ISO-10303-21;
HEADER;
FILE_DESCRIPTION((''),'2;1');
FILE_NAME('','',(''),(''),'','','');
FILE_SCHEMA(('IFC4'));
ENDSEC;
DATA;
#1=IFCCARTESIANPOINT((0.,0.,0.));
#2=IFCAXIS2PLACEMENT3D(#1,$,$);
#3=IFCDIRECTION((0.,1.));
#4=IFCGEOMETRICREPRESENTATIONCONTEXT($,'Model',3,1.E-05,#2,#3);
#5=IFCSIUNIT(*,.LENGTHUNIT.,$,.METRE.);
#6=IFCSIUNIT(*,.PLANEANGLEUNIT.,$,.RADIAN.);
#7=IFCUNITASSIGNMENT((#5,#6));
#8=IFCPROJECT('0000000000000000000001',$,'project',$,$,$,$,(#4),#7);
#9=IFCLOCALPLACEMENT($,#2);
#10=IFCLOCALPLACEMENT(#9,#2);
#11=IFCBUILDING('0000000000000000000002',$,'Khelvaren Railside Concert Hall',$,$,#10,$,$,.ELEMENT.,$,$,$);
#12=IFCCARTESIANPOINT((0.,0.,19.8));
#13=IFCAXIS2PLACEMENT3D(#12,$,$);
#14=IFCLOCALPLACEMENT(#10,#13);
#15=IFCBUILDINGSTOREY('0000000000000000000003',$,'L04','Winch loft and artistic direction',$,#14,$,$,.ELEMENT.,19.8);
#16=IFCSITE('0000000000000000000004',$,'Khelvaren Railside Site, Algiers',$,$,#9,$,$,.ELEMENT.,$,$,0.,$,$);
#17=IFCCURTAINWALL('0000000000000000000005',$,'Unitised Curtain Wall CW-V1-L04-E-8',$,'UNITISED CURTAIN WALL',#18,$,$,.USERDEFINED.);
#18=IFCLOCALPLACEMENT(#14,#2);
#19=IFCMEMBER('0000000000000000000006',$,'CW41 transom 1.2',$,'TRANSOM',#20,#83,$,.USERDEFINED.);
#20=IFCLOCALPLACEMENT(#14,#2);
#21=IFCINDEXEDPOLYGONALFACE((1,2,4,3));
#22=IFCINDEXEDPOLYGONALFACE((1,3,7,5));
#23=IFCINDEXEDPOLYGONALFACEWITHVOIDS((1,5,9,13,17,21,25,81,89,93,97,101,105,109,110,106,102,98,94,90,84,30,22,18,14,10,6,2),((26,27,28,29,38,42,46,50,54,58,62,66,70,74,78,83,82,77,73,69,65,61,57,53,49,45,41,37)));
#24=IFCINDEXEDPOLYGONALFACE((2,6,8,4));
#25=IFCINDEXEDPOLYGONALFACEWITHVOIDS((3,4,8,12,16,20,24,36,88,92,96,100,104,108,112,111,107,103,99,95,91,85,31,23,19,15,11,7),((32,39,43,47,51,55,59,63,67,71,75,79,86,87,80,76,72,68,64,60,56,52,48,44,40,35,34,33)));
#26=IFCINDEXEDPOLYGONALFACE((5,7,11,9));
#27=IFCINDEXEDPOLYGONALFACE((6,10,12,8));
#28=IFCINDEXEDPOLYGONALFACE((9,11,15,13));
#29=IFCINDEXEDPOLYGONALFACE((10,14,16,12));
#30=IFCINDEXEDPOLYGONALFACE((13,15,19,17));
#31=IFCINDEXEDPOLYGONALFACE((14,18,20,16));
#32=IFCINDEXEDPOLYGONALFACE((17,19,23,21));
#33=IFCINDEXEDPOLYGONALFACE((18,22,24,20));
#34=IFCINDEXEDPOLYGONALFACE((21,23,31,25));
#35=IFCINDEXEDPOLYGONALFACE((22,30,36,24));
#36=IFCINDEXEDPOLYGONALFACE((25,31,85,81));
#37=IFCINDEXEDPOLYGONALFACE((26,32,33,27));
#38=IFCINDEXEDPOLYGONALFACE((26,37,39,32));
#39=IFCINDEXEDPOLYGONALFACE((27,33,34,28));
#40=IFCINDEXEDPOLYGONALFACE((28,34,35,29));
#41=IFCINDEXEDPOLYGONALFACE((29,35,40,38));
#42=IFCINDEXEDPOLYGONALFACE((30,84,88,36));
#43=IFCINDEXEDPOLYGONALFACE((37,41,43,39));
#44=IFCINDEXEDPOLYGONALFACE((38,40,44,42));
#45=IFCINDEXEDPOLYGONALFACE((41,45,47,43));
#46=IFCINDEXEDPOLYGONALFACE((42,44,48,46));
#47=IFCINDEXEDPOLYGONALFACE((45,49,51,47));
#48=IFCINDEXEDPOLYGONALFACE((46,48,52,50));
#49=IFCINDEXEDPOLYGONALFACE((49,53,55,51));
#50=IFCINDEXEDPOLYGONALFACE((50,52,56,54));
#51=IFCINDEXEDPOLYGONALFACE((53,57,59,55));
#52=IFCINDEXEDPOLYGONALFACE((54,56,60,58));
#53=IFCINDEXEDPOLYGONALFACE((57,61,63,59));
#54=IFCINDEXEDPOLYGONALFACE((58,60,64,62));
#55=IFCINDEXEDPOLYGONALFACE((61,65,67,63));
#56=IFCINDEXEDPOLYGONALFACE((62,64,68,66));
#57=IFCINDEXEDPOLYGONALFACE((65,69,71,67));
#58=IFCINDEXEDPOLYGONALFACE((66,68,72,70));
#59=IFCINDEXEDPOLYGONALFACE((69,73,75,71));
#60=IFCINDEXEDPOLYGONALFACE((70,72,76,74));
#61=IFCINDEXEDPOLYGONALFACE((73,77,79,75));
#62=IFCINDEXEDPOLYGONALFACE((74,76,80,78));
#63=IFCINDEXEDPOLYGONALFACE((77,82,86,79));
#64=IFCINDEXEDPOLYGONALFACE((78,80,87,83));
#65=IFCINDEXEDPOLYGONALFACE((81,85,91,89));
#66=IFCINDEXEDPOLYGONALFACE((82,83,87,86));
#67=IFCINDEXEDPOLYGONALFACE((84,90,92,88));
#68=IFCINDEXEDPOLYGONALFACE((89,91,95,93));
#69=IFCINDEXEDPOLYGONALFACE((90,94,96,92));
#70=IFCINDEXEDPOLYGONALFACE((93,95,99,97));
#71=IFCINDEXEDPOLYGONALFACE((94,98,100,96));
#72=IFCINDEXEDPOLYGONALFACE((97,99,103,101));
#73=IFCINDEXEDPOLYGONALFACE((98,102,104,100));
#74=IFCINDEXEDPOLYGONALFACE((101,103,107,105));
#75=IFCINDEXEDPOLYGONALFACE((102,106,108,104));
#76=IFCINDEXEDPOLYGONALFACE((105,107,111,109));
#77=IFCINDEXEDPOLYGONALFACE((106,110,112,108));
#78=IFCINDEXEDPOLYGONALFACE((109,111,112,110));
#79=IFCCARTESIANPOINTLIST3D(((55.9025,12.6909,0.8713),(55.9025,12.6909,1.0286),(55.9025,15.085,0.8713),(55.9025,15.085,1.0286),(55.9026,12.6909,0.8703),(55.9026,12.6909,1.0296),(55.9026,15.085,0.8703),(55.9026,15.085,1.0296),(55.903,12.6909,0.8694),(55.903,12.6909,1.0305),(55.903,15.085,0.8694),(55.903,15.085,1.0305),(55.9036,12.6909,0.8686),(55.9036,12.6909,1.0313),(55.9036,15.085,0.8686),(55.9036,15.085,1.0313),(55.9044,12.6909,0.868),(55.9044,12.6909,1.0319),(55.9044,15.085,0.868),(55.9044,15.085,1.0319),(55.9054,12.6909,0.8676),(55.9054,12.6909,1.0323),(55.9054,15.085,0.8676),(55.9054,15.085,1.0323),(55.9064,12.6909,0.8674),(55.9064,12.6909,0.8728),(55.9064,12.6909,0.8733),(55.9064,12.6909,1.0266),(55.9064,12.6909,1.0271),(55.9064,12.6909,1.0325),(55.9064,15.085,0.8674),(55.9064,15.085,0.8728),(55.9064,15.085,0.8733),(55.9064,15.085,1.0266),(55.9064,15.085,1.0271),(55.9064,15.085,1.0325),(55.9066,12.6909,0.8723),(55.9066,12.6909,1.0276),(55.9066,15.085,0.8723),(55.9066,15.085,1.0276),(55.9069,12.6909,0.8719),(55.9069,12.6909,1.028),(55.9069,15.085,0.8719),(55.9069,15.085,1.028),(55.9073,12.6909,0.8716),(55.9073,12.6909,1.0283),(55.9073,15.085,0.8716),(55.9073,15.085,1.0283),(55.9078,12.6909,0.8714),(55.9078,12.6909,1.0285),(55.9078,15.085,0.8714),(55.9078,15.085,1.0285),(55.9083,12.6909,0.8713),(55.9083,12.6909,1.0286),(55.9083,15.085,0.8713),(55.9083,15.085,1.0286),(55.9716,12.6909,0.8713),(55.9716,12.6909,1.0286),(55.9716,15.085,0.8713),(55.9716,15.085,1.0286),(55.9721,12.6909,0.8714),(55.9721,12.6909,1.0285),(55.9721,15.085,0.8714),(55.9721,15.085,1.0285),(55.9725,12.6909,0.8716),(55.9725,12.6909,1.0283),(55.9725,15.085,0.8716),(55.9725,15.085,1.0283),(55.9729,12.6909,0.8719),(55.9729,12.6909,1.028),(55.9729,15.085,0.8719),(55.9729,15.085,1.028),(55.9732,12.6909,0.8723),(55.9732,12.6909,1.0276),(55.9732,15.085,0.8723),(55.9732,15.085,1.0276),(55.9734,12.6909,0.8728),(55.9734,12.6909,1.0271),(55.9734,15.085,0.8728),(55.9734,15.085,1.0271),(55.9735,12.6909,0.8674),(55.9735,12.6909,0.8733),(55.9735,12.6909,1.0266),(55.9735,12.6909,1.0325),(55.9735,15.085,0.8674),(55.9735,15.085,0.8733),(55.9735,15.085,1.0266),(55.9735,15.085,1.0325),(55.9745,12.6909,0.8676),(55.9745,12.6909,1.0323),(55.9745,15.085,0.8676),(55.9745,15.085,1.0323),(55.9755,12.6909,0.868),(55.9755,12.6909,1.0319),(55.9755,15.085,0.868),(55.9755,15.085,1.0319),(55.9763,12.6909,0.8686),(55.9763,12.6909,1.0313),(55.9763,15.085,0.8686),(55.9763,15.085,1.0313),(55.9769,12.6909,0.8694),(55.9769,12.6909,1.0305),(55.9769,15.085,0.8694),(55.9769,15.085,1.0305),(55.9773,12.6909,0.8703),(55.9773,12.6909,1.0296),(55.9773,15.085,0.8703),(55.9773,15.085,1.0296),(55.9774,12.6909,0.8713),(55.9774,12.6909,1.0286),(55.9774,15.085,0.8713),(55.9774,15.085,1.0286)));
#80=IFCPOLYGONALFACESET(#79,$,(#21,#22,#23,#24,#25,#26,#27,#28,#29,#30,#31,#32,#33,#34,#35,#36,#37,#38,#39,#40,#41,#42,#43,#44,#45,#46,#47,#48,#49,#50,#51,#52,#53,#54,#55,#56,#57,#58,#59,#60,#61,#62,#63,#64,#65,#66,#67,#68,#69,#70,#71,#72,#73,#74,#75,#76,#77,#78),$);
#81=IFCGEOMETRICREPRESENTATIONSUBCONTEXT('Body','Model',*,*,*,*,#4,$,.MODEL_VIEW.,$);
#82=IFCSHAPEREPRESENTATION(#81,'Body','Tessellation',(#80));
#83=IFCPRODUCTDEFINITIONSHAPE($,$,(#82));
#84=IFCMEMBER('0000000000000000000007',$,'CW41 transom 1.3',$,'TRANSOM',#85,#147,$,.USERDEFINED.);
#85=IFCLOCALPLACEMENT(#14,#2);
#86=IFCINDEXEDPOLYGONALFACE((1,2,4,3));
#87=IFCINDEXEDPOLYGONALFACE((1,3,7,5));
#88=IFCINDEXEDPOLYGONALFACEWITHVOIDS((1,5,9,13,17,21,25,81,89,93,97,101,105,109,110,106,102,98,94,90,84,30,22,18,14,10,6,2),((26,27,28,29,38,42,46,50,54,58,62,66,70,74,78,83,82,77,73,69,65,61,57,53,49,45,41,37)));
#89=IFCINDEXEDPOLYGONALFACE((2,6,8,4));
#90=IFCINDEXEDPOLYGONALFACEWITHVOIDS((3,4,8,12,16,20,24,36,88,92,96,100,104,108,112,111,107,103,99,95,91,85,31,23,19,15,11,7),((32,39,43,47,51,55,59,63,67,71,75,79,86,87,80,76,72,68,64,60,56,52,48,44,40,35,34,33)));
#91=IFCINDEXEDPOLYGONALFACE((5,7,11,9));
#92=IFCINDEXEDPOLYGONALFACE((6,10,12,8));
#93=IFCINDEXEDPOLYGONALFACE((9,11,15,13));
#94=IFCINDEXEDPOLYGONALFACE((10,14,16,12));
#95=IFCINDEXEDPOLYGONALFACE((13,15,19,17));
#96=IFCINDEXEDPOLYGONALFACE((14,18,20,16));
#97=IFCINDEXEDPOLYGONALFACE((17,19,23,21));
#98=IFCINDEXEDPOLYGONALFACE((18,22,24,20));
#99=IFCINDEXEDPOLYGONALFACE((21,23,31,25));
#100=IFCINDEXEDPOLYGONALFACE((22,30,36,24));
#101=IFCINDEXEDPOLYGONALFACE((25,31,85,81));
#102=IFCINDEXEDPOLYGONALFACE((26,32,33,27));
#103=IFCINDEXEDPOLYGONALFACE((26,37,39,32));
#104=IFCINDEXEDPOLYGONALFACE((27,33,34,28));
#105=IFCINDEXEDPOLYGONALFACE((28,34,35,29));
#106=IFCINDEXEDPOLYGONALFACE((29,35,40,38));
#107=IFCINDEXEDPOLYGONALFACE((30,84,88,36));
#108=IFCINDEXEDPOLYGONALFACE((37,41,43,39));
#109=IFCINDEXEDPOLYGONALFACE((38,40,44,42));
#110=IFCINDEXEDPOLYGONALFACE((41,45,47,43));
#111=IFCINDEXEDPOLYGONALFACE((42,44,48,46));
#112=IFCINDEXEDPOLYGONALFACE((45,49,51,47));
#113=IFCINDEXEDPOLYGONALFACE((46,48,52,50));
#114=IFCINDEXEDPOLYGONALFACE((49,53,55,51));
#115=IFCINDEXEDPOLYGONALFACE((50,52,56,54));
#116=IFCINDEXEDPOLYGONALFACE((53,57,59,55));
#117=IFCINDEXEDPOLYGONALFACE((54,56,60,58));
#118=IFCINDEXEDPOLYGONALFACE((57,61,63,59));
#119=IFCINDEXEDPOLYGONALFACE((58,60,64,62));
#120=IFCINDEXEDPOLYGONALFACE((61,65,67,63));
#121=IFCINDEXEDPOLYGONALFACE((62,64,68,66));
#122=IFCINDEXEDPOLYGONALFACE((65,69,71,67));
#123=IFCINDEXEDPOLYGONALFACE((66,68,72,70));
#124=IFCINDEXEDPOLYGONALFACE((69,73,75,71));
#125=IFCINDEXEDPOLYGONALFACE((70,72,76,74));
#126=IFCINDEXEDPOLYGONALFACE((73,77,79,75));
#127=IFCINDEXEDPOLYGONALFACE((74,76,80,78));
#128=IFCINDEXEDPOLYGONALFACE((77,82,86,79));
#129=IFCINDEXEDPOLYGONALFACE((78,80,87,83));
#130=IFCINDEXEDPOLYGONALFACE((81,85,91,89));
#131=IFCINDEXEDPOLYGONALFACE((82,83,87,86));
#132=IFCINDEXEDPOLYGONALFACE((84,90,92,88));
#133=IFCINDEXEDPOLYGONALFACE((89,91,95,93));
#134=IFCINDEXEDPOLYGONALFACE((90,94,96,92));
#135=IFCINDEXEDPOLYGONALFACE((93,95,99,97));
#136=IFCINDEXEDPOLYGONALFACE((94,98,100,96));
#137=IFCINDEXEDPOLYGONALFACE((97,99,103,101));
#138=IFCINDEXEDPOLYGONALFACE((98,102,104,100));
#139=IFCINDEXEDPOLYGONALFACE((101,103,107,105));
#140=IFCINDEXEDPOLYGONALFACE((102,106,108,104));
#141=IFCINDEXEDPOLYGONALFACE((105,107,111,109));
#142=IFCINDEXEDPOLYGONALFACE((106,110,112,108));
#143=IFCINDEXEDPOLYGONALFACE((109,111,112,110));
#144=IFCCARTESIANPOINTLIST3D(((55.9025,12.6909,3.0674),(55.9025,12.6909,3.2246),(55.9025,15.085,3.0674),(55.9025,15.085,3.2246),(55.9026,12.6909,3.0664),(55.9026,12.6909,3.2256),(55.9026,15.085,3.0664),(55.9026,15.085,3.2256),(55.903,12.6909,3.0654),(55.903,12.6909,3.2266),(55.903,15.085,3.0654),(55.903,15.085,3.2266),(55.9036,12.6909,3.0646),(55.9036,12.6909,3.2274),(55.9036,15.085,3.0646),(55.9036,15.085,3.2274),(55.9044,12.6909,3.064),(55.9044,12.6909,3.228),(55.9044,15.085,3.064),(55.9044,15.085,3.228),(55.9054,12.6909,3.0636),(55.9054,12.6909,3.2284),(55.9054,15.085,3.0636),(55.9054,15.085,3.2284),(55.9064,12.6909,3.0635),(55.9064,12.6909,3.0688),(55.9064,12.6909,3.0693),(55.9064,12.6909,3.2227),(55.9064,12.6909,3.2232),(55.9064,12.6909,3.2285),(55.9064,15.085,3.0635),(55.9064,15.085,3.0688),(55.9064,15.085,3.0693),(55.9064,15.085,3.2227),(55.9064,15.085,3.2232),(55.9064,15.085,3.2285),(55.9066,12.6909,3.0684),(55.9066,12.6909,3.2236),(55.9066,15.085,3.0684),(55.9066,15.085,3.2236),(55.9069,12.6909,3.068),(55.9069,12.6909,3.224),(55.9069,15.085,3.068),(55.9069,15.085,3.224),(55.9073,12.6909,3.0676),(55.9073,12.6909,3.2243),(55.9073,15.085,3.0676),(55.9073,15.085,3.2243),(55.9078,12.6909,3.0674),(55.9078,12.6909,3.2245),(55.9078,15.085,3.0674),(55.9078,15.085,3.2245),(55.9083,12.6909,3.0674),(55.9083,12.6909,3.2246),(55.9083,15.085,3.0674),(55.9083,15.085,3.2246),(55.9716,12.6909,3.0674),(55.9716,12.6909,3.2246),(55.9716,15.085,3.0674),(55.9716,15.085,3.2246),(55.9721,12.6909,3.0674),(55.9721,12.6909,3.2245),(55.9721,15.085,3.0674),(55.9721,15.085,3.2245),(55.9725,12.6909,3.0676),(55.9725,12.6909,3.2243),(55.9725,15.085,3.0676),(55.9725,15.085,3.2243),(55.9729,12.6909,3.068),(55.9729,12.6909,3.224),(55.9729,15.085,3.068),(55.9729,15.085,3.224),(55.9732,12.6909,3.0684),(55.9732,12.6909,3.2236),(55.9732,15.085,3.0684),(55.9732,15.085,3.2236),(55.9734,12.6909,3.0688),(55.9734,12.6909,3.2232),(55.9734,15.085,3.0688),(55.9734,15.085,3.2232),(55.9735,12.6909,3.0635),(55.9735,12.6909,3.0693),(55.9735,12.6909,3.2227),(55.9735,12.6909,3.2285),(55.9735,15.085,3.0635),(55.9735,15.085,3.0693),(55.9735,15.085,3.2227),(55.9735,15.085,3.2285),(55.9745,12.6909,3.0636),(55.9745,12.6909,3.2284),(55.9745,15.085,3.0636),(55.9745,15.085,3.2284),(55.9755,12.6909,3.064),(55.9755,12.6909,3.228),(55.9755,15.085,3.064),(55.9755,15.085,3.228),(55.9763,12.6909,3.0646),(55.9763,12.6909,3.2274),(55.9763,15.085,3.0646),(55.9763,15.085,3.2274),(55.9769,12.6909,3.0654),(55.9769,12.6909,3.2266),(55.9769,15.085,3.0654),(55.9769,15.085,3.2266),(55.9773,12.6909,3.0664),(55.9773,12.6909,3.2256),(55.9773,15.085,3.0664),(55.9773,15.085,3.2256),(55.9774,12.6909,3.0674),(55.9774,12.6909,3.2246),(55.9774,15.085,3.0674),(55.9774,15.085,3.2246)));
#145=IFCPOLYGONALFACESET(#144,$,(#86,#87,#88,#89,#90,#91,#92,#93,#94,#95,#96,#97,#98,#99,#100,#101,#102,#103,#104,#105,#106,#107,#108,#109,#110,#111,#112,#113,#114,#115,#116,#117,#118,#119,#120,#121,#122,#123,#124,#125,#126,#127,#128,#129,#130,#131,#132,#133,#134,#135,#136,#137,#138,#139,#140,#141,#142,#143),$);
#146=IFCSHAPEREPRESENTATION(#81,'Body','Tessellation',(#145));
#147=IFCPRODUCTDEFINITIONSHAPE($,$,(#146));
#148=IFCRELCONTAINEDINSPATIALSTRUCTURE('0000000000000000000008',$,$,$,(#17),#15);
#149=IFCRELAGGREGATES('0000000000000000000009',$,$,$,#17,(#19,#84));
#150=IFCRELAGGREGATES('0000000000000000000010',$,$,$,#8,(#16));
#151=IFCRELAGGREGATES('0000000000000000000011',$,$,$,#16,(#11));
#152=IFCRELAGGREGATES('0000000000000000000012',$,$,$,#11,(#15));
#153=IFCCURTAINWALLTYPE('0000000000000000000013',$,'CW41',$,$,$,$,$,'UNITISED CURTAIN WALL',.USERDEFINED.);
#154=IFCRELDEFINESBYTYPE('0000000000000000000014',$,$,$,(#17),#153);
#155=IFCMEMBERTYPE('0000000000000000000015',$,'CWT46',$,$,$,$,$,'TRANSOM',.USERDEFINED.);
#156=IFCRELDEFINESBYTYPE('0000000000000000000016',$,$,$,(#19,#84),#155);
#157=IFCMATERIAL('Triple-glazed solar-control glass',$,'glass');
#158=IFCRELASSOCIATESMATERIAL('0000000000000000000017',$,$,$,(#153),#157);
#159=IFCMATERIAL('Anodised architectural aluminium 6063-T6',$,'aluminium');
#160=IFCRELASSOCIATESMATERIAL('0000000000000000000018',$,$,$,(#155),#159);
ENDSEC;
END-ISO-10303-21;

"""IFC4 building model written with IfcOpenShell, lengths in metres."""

from ifc_helpers import new_model, si_unit, direction, frame, origin, origin_2d, place, context, subcontext, project, spatial, hollow_rectangle, extrude, material, material_profile, profile_set, type_object, element, aggregate, save


model = new_model("IFC4")

# Units and contexts
model_context = context("Model", 3, precision=1e-05, world=origin(), true_north=direction((0.0, 1.0)))
body_context = subcontext(model_context, "Body", "Model", "MODEL_VIEW")
ifc_project = project(units=[si_unit("LENGTHUNIT", "METRE"), si_unit("PLANEANGLEUNIT", "RADIAN")], contexts=[model_context])

# Site, building, storey
site_placement = place(None, origin())
site = spatial("IfcSite", under=ifc_project, at=site_placement, Name="Khelvaren Railside Site, Algiers", CompositionType="ELEMENT", RefElevation=0.0)
building_placement = place(site_placement, origin())
building = spatial("IfcBuilding", under=site, at=building_placement, Name="Khelvaren Railside Concert Hall", CompositionType="ELEMENT")
storey_placement = place(building_placement, frame((0.0, 0.0, 19.8)))
storey = spatial("IfcBuildingStorey", under=building, at=storey_placement, Name="L04", Description="Winch loft and artistic direction", CompositionType="ELEMENT", Elevation=19.8)

# Curtain wall
ifc_material_1 = material(Name="Triple-glazed solar-control glass", Category="glass")
curtain_wall_type_1 = type_object("IfcCurtainWallType", Name="CW41", ElementType="UNITISED CURTAIN WALL", PredefinedType="USERDEFINED", material=ifc_material_1)
curtain_wall_1_placement = place(storey_placement, origin())
curtain_wall_1 = element("IfcCurtainWall", 1, at=curtain_wall_1_placement, inside=storey, type_object=curtain_wall_type_1, Name="Unitised Curtain Wall CW-V1-L04-E-8", ObjectType="UNITISED CURTAIN WALL", PredefinedType="USERDEFINED")
ifc_material_2 = material(Name="Anodised architectural aluminium 6063-T6", Category="aluminium")

# Members
ifc_material_profile_1 = material_profile(ifc_material_2, hollow_rectangle(XDim=0.075, YDim=0.165, WallThickness=0.0039, InnerFilletRadius=0.002, OuterFilletRadius=0.0039, at=origin_2d()), Name="CWT 75x165x4")
ifc_profile_set_1 = profile_set([ifc_material_profile_1], Name="Anodised architectural aluminium 6063-T6")
member_type_1 = type_object("IfcMemberType", Name="CWT46", ElementType="TRANSOM", PredefinedType="USERDEFINED", material=ifc_profile_set_1)
member_1_placement = place(storey_placement, frame((55.9399, 15.085, 0.95), z_axis=(0.0, -1.0, 0.0), x_axis=(1.0, 0.0, 0.0)))
member_1 = element("IfcMember", 2, at=member_1_placement, type_object=member_type_1, Name="CW41 transom 1.2", ObjectType="TRANSOM", PredefinedType="USERDEFINED", context=body_context, shape_type="SweptSolid", body=[
    extrude(hollow_rectangle(XDim=0.075, YDim=0.165, WallThickness=0.0039, InnerFilletRadius=0.002, OuterFilletRadius=0.0039, at=origin_2d()), origin(), (0.0, 0.0, 1.0), 2.394),
])
member_2_placement = place(storey_placement, frame((55.9399, 15.085, 3.146), z_axis=(0.0, -1.0, 0.0), x_axis=(1.0, 0.0, 0.0)))
member_2 = element("IfcMember", 3, at=member_2_placement, type_object=member_type_1, Name="CW41 transom 1.3", ObjectType="TRANSOM", PredefinedType="USERDEFINED", context=body_context, shape_type="SweptSolid", body=[
    extrude(hollow_rectangle(XDim=0.075, YDim=0.165, WallThickness=0.0039, InnerFilletRadius=0.002, OuterFilletRadius=0.0039, at=origin_2d()), origin(), (0.0, 0.0, 1.0), 2.394),
])

aggregate(curtain_wall_1, [member_1, member_2])

save(model, "model.ifc")
